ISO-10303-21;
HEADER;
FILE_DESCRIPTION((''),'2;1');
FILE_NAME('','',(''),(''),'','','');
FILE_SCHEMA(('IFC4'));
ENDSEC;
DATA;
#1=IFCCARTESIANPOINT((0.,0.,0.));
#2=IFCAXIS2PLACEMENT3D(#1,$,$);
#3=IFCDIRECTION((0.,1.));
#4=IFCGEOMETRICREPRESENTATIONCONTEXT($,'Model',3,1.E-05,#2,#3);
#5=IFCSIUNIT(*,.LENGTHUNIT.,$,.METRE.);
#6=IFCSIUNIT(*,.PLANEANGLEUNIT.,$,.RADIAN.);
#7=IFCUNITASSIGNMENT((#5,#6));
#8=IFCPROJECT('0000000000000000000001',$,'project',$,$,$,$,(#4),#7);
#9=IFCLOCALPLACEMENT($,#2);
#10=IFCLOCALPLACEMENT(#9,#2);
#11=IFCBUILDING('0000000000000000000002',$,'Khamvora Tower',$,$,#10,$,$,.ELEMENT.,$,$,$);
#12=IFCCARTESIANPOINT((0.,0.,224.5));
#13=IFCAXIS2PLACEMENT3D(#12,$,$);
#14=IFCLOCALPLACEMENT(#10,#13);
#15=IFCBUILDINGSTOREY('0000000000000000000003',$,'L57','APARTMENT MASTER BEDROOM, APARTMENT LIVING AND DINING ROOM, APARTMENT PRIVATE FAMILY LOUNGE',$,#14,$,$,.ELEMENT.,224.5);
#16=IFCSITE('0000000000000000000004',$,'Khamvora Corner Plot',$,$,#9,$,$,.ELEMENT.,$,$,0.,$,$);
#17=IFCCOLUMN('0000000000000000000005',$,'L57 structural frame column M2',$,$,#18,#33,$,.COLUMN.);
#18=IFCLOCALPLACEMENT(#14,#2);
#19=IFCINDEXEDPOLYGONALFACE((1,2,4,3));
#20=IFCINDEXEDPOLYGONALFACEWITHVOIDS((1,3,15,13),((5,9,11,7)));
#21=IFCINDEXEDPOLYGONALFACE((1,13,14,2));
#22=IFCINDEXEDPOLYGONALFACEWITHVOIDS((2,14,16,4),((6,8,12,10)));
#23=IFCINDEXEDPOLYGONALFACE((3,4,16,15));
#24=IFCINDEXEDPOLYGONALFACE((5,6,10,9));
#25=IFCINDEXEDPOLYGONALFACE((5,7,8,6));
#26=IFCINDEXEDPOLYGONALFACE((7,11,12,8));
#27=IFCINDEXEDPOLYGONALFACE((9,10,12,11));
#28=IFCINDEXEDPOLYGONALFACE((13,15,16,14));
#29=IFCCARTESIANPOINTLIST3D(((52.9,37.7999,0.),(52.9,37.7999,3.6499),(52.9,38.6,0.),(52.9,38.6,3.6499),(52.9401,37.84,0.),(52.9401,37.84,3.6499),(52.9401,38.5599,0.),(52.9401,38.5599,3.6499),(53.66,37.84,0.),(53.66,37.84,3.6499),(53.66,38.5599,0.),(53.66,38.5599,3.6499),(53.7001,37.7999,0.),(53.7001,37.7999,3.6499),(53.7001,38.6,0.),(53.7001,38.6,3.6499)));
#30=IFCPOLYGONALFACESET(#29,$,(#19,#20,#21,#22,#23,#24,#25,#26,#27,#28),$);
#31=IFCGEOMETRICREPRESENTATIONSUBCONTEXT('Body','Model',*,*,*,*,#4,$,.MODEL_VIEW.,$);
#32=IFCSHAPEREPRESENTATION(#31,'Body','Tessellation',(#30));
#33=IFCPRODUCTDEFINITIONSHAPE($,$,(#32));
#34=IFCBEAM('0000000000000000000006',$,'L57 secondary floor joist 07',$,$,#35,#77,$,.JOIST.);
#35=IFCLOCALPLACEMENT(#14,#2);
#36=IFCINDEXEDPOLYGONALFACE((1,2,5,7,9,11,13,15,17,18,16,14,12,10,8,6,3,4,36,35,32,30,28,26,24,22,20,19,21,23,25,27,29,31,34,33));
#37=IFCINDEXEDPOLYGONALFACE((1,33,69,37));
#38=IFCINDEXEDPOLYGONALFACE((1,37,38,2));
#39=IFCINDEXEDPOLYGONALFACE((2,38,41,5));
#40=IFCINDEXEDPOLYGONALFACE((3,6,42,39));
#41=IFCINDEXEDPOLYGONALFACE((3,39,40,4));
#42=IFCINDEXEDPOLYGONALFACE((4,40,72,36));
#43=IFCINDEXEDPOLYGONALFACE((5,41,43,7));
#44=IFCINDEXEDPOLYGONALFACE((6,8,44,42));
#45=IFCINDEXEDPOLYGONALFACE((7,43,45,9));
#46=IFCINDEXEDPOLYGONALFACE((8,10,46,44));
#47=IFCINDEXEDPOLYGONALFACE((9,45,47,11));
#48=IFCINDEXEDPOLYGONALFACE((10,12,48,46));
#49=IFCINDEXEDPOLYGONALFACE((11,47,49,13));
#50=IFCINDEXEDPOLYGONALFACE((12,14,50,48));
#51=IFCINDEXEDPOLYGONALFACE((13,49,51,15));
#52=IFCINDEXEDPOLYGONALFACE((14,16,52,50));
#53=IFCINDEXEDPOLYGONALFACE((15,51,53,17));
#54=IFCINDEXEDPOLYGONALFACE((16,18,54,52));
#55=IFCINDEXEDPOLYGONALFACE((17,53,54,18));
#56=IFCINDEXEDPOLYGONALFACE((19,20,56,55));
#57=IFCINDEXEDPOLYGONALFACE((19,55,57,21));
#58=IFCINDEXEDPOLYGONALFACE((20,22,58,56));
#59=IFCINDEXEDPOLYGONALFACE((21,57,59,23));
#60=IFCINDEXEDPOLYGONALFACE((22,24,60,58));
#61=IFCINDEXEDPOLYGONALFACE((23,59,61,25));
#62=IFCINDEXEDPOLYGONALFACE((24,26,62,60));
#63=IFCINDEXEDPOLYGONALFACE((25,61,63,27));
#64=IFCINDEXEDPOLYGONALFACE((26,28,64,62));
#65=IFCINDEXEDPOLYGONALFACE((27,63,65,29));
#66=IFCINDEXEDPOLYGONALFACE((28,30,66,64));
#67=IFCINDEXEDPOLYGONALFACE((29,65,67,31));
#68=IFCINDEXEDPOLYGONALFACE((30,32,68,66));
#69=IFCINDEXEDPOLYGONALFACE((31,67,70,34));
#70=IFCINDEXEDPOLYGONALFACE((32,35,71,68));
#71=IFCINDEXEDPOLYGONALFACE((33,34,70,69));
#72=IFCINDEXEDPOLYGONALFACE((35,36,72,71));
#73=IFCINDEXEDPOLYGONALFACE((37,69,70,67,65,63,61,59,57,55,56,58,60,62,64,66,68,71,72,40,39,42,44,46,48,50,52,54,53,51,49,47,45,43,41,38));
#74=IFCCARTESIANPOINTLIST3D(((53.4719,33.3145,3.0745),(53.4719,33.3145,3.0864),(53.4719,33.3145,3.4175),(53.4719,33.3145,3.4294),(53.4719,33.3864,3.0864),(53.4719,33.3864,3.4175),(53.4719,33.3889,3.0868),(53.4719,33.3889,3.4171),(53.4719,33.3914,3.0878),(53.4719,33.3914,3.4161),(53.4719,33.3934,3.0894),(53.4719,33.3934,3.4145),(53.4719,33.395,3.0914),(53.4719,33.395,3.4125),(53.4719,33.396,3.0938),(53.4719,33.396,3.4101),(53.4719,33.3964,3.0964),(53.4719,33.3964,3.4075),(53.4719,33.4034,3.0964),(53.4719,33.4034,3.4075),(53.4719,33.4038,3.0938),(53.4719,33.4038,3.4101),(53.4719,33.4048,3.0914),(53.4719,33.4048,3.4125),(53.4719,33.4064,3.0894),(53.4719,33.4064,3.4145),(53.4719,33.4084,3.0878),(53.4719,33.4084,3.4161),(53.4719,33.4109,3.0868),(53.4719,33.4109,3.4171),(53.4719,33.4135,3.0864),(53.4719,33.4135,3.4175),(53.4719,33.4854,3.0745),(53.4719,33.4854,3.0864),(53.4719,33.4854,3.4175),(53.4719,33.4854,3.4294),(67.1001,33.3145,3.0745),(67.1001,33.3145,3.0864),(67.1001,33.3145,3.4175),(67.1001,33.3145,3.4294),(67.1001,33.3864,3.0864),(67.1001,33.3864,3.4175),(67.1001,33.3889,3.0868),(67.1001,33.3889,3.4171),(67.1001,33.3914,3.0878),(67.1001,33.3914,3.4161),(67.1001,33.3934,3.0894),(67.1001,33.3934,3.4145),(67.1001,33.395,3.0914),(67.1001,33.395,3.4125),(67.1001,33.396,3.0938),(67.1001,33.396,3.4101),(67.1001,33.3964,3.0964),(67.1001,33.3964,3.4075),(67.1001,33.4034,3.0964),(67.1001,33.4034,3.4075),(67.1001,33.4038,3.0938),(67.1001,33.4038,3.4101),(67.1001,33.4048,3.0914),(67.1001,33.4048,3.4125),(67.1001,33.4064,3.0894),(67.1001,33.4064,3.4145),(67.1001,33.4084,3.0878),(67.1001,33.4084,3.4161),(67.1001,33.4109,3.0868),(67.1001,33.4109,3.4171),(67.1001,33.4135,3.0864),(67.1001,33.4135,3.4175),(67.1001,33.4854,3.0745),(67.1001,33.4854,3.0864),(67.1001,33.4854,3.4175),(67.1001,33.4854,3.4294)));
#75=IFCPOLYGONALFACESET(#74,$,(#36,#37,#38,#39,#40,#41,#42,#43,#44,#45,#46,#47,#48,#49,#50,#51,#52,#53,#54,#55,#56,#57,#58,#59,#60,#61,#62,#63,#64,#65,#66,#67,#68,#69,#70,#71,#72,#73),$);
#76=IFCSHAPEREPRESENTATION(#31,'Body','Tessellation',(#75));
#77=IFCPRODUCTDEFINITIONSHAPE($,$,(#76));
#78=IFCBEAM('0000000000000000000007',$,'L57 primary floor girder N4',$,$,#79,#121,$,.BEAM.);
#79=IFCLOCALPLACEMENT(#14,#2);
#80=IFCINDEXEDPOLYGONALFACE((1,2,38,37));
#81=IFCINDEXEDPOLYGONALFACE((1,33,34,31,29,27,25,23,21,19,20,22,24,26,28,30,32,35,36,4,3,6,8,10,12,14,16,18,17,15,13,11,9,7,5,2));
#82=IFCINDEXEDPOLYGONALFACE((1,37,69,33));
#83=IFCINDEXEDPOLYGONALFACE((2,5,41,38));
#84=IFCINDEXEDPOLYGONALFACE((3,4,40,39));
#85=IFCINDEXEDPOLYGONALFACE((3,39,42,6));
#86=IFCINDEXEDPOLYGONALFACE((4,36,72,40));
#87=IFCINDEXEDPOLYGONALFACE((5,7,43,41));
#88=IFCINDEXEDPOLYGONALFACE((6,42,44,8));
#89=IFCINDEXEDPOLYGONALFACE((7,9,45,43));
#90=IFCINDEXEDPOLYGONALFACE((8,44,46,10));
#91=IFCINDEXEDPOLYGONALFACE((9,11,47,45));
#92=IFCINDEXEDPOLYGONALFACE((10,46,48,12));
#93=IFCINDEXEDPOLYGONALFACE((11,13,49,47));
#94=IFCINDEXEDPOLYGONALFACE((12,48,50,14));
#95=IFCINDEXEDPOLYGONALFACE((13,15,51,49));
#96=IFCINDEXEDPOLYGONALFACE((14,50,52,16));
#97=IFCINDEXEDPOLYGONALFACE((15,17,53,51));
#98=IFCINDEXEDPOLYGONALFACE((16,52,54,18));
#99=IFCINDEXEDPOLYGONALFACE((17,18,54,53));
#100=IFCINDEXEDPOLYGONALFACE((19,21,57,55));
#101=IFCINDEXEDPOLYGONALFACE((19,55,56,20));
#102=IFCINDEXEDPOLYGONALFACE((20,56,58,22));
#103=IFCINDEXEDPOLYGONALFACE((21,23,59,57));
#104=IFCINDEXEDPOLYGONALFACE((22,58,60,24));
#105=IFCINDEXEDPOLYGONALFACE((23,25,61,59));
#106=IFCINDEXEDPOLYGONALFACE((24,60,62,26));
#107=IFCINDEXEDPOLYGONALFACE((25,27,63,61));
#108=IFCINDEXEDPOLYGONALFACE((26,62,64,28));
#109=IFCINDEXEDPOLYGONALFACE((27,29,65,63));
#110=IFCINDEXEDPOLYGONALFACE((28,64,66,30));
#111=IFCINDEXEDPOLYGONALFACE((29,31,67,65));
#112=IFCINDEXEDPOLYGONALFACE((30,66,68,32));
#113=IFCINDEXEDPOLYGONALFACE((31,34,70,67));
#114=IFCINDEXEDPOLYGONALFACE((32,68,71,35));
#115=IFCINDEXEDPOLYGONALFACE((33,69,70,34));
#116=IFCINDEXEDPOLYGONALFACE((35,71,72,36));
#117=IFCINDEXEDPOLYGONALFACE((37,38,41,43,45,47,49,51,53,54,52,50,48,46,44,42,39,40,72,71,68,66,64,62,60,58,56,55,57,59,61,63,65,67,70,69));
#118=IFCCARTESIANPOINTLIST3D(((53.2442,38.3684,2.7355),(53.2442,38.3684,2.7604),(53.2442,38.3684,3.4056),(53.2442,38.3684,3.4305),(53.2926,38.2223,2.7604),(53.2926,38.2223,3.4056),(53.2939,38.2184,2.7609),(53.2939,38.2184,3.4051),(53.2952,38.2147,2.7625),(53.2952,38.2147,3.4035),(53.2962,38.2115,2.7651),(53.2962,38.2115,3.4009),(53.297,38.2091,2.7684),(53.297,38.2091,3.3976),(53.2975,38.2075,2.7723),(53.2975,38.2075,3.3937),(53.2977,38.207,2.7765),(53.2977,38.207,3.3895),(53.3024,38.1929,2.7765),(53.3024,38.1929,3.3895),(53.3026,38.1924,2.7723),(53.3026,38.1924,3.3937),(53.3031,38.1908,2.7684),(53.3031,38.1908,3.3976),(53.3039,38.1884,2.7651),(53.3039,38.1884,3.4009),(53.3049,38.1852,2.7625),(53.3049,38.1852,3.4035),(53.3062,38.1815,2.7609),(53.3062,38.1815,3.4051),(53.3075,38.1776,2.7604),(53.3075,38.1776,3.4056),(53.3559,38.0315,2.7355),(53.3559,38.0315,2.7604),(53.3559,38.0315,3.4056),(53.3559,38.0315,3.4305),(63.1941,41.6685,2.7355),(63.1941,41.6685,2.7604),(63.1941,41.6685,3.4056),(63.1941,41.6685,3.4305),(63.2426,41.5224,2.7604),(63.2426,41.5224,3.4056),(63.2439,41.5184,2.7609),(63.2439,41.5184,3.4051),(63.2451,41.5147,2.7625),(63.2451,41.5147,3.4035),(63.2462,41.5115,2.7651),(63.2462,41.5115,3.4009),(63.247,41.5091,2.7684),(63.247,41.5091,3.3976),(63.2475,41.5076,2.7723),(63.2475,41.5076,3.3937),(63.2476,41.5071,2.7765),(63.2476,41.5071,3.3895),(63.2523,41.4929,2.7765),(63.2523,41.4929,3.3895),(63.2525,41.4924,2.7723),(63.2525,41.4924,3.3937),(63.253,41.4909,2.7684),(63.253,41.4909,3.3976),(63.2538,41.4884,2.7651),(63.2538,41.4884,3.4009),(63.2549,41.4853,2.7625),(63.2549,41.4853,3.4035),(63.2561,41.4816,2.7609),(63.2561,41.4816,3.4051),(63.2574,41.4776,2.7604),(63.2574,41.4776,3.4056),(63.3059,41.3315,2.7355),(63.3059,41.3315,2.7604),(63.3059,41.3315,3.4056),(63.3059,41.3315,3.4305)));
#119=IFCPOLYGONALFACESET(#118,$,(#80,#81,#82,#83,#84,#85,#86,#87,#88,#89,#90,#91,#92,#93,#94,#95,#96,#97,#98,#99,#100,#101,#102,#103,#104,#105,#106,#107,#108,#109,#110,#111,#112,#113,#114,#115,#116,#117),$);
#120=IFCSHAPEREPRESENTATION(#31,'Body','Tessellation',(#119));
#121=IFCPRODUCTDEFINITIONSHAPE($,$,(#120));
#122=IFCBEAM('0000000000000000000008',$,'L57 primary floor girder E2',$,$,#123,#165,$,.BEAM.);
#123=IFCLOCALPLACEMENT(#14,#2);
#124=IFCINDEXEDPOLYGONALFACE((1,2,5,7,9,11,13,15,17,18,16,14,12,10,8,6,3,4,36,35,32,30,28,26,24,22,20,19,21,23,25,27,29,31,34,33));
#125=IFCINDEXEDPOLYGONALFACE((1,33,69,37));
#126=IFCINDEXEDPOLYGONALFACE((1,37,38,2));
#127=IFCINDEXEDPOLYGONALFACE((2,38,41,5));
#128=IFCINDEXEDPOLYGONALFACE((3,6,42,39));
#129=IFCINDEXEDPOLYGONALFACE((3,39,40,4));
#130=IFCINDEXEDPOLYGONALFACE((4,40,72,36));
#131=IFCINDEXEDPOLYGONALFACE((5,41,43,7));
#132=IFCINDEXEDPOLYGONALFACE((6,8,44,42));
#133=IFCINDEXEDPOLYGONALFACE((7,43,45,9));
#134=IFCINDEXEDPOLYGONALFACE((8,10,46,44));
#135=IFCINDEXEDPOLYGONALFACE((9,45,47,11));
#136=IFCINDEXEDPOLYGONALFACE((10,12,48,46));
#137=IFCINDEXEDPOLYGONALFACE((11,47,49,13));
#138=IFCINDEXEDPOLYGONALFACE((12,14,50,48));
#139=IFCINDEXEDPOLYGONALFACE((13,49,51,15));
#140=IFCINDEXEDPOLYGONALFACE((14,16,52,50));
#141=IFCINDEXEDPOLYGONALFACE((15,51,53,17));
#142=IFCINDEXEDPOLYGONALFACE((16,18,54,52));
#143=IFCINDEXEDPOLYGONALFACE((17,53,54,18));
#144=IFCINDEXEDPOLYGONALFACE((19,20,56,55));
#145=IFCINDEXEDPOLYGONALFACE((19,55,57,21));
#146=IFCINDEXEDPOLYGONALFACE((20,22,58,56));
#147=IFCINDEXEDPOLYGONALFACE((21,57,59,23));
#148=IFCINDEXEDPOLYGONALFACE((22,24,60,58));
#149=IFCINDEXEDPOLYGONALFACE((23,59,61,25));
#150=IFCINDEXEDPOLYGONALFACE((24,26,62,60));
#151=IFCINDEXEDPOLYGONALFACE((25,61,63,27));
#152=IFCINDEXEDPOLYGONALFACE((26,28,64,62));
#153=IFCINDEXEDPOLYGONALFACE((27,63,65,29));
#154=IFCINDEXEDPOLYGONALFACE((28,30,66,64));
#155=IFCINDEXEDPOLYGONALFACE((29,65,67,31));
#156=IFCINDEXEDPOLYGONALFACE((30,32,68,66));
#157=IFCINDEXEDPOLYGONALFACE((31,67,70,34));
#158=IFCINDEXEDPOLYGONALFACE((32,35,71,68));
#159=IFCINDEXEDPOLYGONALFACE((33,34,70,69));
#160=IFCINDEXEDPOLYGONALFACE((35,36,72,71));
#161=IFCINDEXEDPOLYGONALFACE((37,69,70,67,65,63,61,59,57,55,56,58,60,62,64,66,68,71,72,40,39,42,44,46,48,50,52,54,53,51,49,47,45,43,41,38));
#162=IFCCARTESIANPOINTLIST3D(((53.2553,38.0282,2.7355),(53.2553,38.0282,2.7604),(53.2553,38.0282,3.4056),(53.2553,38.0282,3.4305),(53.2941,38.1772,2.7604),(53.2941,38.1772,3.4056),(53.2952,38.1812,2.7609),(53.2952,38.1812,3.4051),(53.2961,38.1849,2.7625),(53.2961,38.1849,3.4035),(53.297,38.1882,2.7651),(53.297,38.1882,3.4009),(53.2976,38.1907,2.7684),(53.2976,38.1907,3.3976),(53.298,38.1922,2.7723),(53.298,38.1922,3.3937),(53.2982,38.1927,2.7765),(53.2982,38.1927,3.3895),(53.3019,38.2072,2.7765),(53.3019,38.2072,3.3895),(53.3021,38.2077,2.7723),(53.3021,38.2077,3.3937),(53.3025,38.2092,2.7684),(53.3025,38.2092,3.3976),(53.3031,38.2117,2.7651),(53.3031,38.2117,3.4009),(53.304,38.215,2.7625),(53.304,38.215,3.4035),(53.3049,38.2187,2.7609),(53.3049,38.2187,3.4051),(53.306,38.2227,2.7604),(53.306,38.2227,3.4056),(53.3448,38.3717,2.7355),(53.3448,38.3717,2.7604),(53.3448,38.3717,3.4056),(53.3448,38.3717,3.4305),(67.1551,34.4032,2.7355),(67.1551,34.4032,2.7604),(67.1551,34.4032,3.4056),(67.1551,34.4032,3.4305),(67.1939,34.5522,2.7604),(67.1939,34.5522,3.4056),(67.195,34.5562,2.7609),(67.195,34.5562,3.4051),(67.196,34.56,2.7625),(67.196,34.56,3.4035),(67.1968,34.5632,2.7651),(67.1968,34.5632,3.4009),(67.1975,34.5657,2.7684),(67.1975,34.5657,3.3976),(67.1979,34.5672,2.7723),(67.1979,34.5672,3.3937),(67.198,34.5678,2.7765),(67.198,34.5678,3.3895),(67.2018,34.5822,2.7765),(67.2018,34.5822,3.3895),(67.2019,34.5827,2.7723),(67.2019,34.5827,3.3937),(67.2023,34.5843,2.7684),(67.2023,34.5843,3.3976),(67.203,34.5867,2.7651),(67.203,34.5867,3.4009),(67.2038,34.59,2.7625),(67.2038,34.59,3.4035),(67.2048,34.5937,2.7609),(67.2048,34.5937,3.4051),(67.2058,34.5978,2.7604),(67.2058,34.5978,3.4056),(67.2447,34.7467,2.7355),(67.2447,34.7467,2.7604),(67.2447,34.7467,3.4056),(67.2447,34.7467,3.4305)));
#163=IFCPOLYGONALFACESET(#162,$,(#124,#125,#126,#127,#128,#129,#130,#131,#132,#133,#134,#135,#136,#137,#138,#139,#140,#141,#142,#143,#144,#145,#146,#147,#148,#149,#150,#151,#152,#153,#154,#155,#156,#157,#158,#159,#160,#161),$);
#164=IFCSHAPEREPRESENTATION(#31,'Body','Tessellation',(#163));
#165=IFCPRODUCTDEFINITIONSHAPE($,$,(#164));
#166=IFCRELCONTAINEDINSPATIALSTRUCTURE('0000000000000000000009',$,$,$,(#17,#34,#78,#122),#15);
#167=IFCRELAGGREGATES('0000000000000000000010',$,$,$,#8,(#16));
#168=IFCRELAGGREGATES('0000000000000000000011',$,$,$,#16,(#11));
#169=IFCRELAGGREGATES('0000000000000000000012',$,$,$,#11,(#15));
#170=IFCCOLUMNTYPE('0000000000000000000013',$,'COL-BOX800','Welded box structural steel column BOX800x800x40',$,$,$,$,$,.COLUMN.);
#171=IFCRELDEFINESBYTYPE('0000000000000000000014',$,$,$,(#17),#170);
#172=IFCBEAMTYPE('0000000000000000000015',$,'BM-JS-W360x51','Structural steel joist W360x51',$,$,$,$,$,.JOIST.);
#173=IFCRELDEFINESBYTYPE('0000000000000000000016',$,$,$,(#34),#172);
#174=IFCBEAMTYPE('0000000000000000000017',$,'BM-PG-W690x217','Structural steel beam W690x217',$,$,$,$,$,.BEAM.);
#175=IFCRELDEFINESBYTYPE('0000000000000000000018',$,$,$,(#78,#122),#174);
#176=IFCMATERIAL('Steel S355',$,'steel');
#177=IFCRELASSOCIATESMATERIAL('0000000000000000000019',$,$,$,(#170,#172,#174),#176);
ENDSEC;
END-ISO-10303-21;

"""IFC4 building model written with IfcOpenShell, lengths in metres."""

from ifc_helpers import new_model, si_unit, direction, frame, origin, origin_2d, place, context, subcontext, project, spatial, hollow_rectangle, i_section, extrude, material, material_profile, profile_set, type_object, element, save


model = new_model("IFC4")

# Units and contexts
model_context = context("Model", 3, precision=1e-05, world=origin(), true_north=direction((0.0, 1.0)))
body_context = subcontext(model_context, "Body", "Model", "MODEL_VIEW")
ifc_project = project(units=[si_unit("LENGTHUNIT", "METRE"), si_unit("PLANEANGLEUNIT", "RADIAN")], contexts=[model_context])

# Site, building, storey
site_placement = place(None, origin())
site = spatial("IfcSite", under=ifc_project, at=site_placement, Name="Khamvora Corner Plot", CompositionType="ELEMENT", RefElevation=0.0)
building_placement = place(site_placement, origin())
building = spatial("IfcBuilding", under=site, at=building_placement, Name="Khamvora Tower", CompositionType="ELEMENT")
storey_placement = place(building_placement, frame((0.0, 0.0, 224.5)))
storey = spatial("IfcBuildingStorey", under=building, at=storey_placement, Name="L57", Description="APARTMENT MASTER BEDROOM, APARTMENT LIVING AND DINING ROOM, APARTMENT PRIVATE FAMILY LOUNGE", CompositionType="ELEMENT", Elevation=224.5)

# Column
ifc_material_1 = material(Name="Steel S355", Category="steel")
ifc_material_profile_1 = material_profile(ifc_material_1, hollow_rectangle(XDim=0.8, YDim=0.8, WallThickness=0.04, at=origin_2d()), Name="BOX800x800x40")
ifc_profile_set_1 = profile_set([ifc_material_profile_1], Name="Steel S355")
column_type = type_object("IfcColumnType", Name="COL-BOX800", Description="Welded box structural steel column BOX800x800x40", PredefinedType="COLUMN", material=ifc_profile_set_1)
column_placement = place(storey_placement, frame((53.3, 38.2, 0.0), z_axis=(0.0, 0.0, 1.0), x_axis=(1.0, 0.0, 0.0)))
element("IfcColumn", 1, at=column_placement, inside=storey, type_object=column_type, Name="L57 structural frame column M2", PredefinedType="COLUMN", context=body_context, shape_type="SweptSolid", body=[
    extrude(hollow_rectangle(XDim=0.8, YDim=0.8, WallThickness=0.04, at=origin_2d()), origin(), (0.0, 0.0, 1.0), 3.6499),
])

# Beams
ifc_material_profile_2 = material_profile(ifc_material_1, i_section(OverallWidth=0.1709, OverallDepth=0.355, WebThickness=0.0071, FlangeThickness=0.012, FilletRadius=0.01, at=origin_2d()), Name="W360x51")
ifc_profile_set_2 = profile_set([ifc_material_profile_2], Name="Steel S355")
beam_type_1 = type_object("IfcBeamType", Name="BM-JS-W360x51", Description="Structural steel joist W360x51", PredefinedType="JOIST", material=ifc_profile_set_2)
beam_1_placement = place(storey_placement, frame((53.4719, 33.3999, 3.252), z_axis=(1.0, 0.0, 0.0), x_axis=(0.0, 1.0, 0.0)))
element("IfcBeam", 2, at=beam_1_placement, inside=storey, type_object=beam_type_1, Name="L57 secondary floor joist 07", PredefinedType="JOIST", context=body_context, shape_type="SweptSolid", body=[
    extrude(i_section(OverallWidth=0.1709, OverallDepth=0.355, WebThickness=0.0071, FlangeThickness=0.012, FilletRadius=0.01, at=origin_2d()), origin(), (0.0, 0.0, 1.0), 13.6282),
])
ifc_material_profile_3 = material_profile(ifc_material_1, i_section(OverallWidth=0.355, OverallDepth=0.6951, WebThickness=0.0149, FlangeThickness=0.0249, FilletRadius=0.0161, at=origin_2d()), Name="W690x217")
ifc_profile_set_3 = profile_set([ifc_material_profile_3], Name="Steel S355")
beam_type_2 = type_object("IfcBeamType", Name="BM-PG-W690x217", Description="Structural steel beam W690x217", PredefinedType="BEAM", material=ifc_profile_set_3)
beam_2_placement = place(storey_placement, frame((53.3, 38.2, 3.083), z_axis=(0.949157, 0.314802, 0.0), x_axis=(-0.314802, 0.949157, 0.0)))
element("IfcBeam", 3, at=beam_2_placement, inside=storey, type_object=beam_type_2, Name="L57 primary floor girder N4", PredefinedType="BEAM", context=body_context, shape_type="SweptSolid", body=[
    extrude(i_section(OverallWidth=0.355, OverallDepth=0.6951, WebThickness=0.0149, FlangeThickness=0.0249, FilletRadius=0.0161, at=origin_2d()), origin(), (0.0, 0.0, 1.0), 10.4829),
])
beam_3_placement = place(storey_placement, frame((53.3, 38.2, 3.083), z_axis=(0.967635, -0.252353, 0.0), x_axis=(0.252353, 0.967635, 0.0)))
element("IfcBeam", 4, at=beam_3_placement, inside=storey, type_object=beam_type_2, Name="L57 primary floor girder E2", PredefinedType="BEAM", context=body_context, shape_type="SweptSolid", body=[
    extrude(i_section(OverallWidth=0.355, OverallDepth=0.6951, WebThickness=0.0149, FlangeThickness=0.0249, FilletRadius=0.0161, at=origin_2d()), origin(), (0.0, 0.0, 1.0), 14.3647),
])

save(model, "model.ifc")
